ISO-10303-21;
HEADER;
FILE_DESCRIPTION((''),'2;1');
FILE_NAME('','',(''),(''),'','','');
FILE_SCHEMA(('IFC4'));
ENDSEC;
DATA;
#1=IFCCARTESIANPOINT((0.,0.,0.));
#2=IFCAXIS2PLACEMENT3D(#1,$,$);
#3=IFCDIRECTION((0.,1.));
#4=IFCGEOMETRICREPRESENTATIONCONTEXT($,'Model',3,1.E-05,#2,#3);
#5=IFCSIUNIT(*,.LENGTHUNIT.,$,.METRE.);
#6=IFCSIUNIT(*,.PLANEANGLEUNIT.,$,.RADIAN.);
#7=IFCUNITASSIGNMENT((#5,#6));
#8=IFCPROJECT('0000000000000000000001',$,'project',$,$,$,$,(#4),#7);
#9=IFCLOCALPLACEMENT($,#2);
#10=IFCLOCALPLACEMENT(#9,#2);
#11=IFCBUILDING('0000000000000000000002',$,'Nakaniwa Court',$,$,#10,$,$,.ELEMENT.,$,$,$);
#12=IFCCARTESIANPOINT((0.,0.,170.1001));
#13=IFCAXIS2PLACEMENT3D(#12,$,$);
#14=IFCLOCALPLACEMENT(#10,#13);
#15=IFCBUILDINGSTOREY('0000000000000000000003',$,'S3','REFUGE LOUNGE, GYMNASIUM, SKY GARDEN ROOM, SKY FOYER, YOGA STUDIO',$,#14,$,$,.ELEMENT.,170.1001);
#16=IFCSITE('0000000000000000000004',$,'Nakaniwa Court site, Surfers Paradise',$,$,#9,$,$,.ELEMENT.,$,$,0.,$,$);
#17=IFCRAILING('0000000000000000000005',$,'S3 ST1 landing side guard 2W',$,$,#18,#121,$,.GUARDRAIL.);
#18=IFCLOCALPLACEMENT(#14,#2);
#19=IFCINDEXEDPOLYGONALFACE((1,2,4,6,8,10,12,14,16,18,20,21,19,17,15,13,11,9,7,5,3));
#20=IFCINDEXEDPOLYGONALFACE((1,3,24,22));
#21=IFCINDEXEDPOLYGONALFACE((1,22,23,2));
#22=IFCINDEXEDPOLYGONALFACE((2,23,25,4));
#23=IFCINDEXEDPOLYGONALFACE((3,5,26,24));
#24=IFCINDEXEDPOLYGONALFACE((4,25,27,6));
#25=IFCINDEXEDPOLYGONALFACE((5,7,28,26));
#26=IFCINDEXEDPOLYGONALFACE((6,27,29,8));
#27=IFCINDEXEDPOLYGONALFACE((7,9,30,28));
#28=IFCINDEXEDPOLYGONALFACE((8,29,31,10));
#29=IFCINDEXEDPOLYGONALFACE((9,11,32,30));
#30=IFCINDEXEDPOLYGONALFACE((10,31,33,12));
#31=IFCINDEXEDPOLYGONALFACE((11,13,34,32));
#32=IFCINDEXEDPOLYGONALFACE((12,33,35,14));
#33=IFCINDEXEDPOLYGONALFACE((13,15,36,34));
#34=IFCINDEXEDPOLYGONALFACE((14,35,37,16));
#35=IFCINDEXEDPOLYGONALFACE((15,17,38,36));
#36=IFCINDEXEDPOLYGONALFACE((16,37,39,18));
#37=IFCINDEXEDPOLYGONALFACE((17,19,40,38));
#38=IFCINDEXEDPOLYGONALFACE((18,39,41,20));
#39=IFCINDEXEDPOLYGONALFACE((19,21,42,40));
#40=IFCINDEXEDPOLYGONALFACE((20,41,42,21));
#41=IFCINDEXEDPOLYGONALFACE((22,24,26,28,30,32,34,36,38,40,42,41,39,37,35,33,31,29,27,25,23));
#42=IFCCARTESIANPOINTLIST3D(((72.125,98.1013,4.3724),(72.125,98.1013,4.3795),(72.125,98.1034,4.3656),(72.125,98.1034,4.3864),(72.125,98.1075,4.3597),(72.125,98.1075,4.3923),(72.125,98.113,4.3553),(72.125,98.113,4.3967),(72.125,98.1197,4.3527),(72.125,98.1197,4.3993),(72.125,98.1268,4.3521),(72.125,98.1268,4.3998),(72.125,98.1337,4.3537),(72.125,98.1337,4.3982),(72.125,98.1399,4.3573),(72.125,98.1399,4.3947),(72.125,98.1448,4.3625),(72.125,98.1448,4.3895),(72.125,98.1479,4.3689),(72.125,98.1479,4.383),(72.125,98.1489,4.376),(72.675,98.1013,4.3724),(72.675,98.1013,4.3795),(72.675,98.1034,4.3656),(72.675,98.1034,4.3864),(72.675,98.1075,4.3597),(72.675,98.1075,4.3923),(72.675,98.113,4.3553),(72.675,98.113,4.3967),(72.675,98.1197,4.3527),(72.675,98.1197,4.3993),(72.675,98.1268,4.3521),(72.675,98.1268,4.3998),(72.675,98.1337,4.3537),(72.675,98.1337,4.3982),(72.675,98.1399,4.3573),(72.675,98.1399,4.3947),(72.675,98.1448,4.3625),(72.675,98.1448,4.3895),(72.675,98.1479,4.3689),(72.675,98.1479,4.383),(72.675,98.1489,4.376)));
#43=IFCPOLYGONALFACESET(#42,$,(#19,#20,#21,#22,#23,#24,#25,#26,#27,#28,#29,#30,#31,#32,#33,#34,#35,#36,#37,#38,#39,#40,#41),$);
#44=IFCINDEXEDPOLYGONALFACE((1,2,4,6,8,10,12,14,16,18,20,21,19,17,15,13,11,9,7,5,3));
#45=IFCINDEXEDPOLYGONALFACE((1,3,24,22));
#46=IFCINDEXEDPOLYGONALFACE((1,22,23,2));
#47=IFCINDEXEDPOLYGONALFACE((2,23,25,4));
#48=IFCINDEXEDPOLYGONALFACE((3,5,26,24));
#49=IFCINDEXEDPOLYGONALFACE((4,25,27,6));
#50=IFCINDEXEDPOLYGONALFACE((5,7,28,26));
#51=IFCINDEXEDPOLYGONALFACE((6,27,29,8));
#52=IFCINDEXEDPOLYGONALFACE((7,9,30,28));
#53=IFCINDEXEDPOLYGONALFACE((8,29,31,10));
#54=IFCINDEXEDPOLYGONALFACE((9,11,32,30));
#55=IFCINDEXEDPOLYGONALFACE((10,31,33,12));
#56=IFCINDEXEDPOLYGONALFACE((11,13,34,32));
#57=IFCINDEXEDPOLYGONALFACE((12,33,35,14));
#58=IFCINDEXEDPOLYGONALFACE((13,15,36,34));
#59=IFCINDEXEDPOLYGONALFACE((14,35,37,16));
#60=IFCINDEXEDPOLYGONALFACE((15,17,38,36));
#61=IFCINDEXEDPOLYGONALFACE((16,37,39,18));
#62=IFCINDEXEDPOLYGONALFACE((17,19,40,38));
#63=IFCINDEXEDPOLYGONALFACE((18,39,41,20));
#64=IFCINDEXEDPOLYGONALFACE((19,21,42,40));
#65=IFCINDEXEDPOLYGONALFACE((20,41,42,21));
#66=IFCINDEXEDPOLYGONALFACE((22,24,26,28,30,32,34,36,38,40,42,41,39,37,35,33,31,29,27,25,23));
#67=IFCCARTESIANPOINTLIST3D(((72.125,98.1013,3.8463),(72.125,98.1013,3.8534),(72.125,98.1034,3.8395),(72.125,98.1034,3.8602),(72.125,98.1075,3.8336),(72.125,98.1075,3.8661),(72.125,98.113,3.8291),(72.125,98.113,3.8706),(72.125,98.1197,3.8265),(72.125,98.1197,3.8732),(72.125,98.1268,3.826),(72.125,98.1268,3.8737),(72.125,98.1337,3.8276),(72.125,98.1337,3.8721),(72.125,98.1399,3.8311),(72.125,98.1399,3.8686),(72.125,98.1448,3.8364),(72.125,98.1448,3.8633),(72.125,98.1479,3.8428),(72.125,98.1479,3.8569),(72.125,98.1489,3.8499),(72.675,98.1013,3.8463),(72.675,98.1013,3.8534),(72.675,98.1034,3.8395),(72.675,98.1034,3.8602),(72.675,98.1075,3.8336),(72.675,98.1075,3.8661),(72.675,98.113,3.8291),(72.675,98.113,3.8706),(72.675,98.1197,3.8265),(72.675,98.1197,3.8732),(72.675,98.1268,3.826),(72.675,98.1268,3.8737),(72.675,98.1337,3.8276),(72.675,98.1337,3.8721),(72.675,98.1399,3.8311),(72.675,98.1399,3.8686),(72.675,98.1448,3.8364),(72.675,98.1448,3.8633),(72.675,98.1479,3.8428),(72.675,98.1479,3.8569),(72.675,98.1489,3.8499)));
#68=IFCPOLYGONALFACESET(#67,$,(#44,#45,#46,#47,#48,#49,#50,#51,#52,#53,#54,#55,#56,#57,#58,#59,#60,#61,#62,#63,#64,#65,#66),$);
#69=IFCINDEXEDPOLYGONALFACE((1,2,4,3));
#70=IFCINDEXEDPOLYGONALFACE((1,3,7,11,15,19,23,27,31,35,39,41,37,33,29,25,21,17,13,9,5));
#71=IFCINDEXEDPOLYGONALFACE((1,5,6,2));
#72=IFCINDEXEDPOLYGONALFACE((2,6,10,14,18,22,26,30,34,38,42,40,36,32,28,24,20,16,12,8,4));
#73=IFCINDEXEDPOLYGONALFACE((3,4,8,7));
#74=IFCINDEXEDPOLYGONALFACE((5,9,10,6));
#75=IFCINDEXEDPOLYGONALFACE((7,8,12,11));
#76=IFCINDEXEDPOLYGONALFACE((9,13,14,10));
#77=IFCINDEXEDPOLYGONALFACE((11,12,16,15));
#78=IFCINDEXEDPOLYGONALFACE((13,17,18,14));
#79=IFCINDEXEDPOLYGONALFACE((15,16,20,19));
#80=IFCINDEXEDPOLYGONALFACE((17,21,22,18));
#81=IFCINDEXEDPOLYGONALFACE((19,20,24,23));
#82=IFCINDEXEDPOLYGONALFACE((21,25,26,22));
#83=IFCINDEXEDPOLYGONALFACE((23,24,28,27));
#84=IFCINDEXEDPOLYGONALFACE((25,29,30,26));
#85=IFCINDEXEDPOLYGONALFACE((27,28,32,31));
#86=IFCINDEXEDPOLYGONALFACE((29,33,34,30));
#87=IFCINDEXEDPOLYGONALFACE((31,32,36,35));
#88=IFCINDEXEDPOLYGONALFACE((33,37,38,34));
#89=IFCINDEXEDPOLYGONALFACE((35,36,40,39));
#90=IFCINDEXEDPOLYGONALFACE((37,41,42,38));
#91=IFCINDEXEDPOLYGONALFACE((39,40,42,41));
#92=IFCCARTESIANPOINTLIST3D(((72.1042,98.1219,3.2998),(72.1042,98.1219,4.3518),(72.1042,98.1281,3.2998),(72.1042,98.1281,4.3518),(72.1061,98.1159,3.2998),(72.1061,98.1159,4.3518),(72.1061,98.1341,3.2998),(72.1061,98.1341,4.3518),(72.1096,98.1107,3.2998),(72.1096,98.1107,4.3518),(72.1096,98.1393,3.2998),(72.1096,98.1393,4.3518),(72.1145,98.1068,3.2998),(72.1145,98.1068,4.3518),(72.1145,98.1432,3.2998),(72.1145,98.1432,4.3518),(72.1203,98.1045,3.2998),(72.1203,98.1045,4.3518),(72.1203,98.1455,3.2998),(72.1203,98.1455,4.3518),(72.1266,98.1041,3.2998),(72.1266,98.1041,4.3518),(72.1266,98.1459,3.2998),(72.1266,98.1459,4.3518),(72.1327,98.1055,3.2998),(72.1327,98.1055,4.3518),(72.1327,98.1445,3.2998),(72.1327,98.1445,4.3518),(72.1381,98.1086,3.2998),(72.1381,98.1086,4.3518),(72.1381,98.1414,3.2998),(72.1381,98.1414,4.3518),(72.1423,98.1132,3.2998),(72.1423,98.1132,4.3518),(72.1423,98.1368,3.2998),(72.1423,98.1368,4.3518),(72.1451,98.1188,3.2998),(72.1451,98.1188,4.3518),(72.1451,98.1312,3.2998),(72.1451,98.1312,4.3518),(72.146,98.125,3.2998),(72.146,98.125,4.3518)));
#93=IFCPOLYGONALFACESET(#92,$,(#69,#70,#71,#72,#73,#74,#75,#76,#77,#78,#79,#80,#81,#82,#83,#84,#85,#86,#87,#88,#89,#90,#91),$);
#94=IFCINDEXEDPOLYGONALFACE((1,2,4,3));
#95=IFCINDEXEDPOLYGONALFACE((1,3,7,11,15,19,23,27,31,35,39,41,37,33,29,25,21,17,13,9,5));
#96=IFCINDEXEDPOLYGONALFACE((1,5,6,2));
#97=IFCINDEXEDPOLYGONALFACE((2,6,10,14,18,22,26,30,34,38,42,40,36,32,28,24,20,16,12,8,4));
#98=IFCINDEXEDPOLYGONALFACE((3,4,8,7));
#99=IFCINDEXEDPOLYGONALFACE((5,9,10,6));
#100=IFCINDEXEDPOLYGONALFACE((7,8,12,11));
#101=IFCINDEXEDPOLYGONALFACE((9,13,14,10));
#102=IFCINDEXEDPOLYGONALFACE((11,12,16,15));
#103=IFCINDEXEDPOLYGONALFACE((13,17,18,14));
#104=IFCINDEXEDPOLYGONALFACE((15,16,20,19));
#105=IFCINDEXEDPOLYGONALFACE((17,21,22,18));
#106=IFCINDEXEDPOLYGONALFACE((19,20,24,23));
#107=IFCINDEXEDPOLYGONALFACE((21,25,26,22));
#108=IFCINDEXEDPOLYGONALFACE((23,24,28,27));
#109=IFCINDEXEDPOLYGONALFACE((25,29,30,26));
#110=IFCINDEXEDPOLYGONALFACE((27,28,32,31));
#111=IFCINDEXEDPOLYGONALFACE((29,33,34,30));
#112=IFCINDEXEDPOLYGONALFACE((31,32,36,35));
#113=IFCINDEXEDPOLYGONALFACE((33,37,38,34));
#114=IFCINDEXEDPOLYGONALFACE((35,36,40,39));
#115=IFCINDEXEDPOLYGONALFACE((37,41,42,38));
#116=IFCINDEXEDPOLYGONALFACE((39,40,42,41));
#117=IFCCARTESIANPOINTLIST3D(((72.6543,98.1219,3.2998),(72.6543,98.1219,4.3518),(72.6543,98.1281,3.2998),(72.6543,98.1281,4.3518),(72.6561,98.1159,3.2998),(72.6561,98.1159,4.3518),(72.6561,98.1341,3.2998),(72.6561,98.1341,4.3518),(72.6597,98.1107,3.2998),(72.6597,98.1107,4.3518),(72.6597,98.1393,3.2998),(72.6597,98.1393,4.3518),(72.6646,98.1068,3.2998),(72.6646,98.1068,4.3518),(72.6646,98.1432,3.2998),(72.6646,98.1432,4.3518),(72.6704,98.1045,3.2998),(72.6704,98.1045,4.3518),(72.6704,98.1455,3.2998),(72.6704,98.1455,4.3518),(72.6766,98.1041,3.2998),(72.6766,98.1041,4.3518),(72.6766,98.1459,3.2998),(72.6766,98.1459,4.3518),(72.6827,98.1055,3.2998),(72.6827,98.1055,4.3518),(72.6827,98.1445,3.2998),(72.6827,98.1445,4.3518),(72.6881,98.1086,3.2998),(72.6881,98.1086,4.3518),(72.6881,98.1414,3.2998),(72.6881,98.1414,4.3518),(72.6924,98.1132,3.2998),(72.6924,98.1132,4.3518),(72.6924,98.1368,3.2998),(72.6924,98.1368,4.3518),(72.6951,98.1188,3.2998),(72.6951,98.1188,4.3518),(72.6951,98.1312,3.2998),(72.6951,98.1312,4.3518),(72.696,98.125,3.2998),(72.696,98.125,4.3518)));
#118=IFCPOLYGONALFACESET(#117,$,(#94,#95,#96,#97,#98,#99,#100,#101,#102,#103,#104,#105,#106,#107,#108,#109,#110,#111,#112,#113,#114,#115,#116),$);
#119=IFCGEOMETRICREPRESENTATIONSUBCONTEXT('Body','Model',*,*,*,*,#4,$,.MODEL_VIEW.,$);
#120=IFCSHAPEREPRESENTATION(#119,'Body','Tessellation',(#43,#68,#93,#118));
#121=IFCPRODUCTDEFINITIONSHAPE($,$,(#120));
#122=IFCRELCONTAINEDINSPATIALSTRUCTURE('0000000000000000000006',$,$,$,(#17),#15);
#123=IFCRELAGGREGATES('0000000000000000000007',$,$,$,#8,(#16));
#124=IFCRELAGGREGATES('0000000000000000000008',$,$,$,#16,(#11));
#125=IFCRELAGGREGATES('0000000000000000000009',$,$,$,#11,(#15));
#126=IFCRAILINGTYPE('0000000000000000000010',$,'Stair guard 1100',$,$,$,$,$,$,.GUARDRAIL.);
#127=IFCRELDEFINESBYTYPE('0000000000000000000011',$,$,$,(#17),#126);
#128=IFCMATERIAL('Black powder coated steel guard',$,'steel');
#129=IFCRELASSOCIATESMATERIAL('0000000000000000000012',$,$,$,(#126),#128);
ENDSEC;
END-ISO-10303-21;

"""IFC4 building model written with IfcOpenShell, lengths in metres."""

from ifc_helpers import new_model, si_unit, direction, frame, origin, origin_2d, place, context, subcontext, project, spatial, circle, extrude, material, type_object, element, save


model = new_model("IFC4")

# Units and contexts
model_context = context("Model", 3, precision=1e-05, world=origin(), true_north=direction((0.0, 1.0)))
body_context = subcontext(model_context, "Body", "Model", "MODEL_VIEW")
ifc_project = project(units=[si_unit("LENGTHUNIT", "METRE"), si_unit("PLANEANGLEUNIT", "RADIAN")], contexts=[model_context])

# Site, building, storey
site_placement = place(None, origin())
site = spatial("IfcSite", under=ifc_project, at=site_placement, Name="Nakaniwa Court site, Surfers Paradise", CompositionType="ELEMENT", RefElevation=0.0)
building_placement = place(site_placement, origin())
building = spatial("IfcBuilding", under=site, at=building_placement, Name="Nakaniwa Court", CompositionType="ELEMENT")
storey_placement = place(building_placement, frame((0.0, 0.0, 170.1001)))
storey = spatial("IfcBuildingStorey", under=building, at=storey_placement, Name="S3", Description="REFUGE LOUNGE, GYMNASIUM, SKY GARDEN ROOM, SKY FOYER, YOGA STUDIO", CompositionType="ELEMENT", Elevation=170.1001)

# Railing
ifc_material_1 = material(Name="Black powder coated steel guard", Category="steel")
railing_type_1 = type_object("IfcRailingType", Name="Stair guard 1100", PredefinedType="GUARDRAIL", material=ifc_material_1)
for number, where, name in (
    (1, (72.125, 98.125, 3.2998), "S3 ST1 landing side guard 2W"),
):
    element("IfcRailing", number, at=place(storey_placement, frame(where)), inside=storey, type_object=railing_type_1, Name=name, PredefinedType="GUARDRAIL", context=body_context, shape_type="SweptSolid", body=[
        extrude(circle(Radius=0.0239, at=origin_2d()), frame((0.0, 0.0, 1.0762), z_axis=(1.0, 0.0, 0.0), x_axis=(0.0, 1.0, 0.0)), (0.0, 0.0, 1.0), 0.55),
        extrude(circle(Radius=0.0239, at=origin_2d()), frame((0.0, 0.0, 0.55), z_axis=(1.0, 0.0, 0.0), x_axis=(0.0, 1.0, 0.0)), (0.0, 0.0, 1.0), 0.55),
        extrude(circle(Radius=0.021, at=origin_2d()), origin(), (0.0, 0.0, 1.0), 1.052),
        extrude(circle(Radius=0.021, at=origin_2d()), frame((0.55, 0.0, 0.0)), (0.0, 0.0, 1.0), 1.052),
    ])

save(model, "model.ifc")
